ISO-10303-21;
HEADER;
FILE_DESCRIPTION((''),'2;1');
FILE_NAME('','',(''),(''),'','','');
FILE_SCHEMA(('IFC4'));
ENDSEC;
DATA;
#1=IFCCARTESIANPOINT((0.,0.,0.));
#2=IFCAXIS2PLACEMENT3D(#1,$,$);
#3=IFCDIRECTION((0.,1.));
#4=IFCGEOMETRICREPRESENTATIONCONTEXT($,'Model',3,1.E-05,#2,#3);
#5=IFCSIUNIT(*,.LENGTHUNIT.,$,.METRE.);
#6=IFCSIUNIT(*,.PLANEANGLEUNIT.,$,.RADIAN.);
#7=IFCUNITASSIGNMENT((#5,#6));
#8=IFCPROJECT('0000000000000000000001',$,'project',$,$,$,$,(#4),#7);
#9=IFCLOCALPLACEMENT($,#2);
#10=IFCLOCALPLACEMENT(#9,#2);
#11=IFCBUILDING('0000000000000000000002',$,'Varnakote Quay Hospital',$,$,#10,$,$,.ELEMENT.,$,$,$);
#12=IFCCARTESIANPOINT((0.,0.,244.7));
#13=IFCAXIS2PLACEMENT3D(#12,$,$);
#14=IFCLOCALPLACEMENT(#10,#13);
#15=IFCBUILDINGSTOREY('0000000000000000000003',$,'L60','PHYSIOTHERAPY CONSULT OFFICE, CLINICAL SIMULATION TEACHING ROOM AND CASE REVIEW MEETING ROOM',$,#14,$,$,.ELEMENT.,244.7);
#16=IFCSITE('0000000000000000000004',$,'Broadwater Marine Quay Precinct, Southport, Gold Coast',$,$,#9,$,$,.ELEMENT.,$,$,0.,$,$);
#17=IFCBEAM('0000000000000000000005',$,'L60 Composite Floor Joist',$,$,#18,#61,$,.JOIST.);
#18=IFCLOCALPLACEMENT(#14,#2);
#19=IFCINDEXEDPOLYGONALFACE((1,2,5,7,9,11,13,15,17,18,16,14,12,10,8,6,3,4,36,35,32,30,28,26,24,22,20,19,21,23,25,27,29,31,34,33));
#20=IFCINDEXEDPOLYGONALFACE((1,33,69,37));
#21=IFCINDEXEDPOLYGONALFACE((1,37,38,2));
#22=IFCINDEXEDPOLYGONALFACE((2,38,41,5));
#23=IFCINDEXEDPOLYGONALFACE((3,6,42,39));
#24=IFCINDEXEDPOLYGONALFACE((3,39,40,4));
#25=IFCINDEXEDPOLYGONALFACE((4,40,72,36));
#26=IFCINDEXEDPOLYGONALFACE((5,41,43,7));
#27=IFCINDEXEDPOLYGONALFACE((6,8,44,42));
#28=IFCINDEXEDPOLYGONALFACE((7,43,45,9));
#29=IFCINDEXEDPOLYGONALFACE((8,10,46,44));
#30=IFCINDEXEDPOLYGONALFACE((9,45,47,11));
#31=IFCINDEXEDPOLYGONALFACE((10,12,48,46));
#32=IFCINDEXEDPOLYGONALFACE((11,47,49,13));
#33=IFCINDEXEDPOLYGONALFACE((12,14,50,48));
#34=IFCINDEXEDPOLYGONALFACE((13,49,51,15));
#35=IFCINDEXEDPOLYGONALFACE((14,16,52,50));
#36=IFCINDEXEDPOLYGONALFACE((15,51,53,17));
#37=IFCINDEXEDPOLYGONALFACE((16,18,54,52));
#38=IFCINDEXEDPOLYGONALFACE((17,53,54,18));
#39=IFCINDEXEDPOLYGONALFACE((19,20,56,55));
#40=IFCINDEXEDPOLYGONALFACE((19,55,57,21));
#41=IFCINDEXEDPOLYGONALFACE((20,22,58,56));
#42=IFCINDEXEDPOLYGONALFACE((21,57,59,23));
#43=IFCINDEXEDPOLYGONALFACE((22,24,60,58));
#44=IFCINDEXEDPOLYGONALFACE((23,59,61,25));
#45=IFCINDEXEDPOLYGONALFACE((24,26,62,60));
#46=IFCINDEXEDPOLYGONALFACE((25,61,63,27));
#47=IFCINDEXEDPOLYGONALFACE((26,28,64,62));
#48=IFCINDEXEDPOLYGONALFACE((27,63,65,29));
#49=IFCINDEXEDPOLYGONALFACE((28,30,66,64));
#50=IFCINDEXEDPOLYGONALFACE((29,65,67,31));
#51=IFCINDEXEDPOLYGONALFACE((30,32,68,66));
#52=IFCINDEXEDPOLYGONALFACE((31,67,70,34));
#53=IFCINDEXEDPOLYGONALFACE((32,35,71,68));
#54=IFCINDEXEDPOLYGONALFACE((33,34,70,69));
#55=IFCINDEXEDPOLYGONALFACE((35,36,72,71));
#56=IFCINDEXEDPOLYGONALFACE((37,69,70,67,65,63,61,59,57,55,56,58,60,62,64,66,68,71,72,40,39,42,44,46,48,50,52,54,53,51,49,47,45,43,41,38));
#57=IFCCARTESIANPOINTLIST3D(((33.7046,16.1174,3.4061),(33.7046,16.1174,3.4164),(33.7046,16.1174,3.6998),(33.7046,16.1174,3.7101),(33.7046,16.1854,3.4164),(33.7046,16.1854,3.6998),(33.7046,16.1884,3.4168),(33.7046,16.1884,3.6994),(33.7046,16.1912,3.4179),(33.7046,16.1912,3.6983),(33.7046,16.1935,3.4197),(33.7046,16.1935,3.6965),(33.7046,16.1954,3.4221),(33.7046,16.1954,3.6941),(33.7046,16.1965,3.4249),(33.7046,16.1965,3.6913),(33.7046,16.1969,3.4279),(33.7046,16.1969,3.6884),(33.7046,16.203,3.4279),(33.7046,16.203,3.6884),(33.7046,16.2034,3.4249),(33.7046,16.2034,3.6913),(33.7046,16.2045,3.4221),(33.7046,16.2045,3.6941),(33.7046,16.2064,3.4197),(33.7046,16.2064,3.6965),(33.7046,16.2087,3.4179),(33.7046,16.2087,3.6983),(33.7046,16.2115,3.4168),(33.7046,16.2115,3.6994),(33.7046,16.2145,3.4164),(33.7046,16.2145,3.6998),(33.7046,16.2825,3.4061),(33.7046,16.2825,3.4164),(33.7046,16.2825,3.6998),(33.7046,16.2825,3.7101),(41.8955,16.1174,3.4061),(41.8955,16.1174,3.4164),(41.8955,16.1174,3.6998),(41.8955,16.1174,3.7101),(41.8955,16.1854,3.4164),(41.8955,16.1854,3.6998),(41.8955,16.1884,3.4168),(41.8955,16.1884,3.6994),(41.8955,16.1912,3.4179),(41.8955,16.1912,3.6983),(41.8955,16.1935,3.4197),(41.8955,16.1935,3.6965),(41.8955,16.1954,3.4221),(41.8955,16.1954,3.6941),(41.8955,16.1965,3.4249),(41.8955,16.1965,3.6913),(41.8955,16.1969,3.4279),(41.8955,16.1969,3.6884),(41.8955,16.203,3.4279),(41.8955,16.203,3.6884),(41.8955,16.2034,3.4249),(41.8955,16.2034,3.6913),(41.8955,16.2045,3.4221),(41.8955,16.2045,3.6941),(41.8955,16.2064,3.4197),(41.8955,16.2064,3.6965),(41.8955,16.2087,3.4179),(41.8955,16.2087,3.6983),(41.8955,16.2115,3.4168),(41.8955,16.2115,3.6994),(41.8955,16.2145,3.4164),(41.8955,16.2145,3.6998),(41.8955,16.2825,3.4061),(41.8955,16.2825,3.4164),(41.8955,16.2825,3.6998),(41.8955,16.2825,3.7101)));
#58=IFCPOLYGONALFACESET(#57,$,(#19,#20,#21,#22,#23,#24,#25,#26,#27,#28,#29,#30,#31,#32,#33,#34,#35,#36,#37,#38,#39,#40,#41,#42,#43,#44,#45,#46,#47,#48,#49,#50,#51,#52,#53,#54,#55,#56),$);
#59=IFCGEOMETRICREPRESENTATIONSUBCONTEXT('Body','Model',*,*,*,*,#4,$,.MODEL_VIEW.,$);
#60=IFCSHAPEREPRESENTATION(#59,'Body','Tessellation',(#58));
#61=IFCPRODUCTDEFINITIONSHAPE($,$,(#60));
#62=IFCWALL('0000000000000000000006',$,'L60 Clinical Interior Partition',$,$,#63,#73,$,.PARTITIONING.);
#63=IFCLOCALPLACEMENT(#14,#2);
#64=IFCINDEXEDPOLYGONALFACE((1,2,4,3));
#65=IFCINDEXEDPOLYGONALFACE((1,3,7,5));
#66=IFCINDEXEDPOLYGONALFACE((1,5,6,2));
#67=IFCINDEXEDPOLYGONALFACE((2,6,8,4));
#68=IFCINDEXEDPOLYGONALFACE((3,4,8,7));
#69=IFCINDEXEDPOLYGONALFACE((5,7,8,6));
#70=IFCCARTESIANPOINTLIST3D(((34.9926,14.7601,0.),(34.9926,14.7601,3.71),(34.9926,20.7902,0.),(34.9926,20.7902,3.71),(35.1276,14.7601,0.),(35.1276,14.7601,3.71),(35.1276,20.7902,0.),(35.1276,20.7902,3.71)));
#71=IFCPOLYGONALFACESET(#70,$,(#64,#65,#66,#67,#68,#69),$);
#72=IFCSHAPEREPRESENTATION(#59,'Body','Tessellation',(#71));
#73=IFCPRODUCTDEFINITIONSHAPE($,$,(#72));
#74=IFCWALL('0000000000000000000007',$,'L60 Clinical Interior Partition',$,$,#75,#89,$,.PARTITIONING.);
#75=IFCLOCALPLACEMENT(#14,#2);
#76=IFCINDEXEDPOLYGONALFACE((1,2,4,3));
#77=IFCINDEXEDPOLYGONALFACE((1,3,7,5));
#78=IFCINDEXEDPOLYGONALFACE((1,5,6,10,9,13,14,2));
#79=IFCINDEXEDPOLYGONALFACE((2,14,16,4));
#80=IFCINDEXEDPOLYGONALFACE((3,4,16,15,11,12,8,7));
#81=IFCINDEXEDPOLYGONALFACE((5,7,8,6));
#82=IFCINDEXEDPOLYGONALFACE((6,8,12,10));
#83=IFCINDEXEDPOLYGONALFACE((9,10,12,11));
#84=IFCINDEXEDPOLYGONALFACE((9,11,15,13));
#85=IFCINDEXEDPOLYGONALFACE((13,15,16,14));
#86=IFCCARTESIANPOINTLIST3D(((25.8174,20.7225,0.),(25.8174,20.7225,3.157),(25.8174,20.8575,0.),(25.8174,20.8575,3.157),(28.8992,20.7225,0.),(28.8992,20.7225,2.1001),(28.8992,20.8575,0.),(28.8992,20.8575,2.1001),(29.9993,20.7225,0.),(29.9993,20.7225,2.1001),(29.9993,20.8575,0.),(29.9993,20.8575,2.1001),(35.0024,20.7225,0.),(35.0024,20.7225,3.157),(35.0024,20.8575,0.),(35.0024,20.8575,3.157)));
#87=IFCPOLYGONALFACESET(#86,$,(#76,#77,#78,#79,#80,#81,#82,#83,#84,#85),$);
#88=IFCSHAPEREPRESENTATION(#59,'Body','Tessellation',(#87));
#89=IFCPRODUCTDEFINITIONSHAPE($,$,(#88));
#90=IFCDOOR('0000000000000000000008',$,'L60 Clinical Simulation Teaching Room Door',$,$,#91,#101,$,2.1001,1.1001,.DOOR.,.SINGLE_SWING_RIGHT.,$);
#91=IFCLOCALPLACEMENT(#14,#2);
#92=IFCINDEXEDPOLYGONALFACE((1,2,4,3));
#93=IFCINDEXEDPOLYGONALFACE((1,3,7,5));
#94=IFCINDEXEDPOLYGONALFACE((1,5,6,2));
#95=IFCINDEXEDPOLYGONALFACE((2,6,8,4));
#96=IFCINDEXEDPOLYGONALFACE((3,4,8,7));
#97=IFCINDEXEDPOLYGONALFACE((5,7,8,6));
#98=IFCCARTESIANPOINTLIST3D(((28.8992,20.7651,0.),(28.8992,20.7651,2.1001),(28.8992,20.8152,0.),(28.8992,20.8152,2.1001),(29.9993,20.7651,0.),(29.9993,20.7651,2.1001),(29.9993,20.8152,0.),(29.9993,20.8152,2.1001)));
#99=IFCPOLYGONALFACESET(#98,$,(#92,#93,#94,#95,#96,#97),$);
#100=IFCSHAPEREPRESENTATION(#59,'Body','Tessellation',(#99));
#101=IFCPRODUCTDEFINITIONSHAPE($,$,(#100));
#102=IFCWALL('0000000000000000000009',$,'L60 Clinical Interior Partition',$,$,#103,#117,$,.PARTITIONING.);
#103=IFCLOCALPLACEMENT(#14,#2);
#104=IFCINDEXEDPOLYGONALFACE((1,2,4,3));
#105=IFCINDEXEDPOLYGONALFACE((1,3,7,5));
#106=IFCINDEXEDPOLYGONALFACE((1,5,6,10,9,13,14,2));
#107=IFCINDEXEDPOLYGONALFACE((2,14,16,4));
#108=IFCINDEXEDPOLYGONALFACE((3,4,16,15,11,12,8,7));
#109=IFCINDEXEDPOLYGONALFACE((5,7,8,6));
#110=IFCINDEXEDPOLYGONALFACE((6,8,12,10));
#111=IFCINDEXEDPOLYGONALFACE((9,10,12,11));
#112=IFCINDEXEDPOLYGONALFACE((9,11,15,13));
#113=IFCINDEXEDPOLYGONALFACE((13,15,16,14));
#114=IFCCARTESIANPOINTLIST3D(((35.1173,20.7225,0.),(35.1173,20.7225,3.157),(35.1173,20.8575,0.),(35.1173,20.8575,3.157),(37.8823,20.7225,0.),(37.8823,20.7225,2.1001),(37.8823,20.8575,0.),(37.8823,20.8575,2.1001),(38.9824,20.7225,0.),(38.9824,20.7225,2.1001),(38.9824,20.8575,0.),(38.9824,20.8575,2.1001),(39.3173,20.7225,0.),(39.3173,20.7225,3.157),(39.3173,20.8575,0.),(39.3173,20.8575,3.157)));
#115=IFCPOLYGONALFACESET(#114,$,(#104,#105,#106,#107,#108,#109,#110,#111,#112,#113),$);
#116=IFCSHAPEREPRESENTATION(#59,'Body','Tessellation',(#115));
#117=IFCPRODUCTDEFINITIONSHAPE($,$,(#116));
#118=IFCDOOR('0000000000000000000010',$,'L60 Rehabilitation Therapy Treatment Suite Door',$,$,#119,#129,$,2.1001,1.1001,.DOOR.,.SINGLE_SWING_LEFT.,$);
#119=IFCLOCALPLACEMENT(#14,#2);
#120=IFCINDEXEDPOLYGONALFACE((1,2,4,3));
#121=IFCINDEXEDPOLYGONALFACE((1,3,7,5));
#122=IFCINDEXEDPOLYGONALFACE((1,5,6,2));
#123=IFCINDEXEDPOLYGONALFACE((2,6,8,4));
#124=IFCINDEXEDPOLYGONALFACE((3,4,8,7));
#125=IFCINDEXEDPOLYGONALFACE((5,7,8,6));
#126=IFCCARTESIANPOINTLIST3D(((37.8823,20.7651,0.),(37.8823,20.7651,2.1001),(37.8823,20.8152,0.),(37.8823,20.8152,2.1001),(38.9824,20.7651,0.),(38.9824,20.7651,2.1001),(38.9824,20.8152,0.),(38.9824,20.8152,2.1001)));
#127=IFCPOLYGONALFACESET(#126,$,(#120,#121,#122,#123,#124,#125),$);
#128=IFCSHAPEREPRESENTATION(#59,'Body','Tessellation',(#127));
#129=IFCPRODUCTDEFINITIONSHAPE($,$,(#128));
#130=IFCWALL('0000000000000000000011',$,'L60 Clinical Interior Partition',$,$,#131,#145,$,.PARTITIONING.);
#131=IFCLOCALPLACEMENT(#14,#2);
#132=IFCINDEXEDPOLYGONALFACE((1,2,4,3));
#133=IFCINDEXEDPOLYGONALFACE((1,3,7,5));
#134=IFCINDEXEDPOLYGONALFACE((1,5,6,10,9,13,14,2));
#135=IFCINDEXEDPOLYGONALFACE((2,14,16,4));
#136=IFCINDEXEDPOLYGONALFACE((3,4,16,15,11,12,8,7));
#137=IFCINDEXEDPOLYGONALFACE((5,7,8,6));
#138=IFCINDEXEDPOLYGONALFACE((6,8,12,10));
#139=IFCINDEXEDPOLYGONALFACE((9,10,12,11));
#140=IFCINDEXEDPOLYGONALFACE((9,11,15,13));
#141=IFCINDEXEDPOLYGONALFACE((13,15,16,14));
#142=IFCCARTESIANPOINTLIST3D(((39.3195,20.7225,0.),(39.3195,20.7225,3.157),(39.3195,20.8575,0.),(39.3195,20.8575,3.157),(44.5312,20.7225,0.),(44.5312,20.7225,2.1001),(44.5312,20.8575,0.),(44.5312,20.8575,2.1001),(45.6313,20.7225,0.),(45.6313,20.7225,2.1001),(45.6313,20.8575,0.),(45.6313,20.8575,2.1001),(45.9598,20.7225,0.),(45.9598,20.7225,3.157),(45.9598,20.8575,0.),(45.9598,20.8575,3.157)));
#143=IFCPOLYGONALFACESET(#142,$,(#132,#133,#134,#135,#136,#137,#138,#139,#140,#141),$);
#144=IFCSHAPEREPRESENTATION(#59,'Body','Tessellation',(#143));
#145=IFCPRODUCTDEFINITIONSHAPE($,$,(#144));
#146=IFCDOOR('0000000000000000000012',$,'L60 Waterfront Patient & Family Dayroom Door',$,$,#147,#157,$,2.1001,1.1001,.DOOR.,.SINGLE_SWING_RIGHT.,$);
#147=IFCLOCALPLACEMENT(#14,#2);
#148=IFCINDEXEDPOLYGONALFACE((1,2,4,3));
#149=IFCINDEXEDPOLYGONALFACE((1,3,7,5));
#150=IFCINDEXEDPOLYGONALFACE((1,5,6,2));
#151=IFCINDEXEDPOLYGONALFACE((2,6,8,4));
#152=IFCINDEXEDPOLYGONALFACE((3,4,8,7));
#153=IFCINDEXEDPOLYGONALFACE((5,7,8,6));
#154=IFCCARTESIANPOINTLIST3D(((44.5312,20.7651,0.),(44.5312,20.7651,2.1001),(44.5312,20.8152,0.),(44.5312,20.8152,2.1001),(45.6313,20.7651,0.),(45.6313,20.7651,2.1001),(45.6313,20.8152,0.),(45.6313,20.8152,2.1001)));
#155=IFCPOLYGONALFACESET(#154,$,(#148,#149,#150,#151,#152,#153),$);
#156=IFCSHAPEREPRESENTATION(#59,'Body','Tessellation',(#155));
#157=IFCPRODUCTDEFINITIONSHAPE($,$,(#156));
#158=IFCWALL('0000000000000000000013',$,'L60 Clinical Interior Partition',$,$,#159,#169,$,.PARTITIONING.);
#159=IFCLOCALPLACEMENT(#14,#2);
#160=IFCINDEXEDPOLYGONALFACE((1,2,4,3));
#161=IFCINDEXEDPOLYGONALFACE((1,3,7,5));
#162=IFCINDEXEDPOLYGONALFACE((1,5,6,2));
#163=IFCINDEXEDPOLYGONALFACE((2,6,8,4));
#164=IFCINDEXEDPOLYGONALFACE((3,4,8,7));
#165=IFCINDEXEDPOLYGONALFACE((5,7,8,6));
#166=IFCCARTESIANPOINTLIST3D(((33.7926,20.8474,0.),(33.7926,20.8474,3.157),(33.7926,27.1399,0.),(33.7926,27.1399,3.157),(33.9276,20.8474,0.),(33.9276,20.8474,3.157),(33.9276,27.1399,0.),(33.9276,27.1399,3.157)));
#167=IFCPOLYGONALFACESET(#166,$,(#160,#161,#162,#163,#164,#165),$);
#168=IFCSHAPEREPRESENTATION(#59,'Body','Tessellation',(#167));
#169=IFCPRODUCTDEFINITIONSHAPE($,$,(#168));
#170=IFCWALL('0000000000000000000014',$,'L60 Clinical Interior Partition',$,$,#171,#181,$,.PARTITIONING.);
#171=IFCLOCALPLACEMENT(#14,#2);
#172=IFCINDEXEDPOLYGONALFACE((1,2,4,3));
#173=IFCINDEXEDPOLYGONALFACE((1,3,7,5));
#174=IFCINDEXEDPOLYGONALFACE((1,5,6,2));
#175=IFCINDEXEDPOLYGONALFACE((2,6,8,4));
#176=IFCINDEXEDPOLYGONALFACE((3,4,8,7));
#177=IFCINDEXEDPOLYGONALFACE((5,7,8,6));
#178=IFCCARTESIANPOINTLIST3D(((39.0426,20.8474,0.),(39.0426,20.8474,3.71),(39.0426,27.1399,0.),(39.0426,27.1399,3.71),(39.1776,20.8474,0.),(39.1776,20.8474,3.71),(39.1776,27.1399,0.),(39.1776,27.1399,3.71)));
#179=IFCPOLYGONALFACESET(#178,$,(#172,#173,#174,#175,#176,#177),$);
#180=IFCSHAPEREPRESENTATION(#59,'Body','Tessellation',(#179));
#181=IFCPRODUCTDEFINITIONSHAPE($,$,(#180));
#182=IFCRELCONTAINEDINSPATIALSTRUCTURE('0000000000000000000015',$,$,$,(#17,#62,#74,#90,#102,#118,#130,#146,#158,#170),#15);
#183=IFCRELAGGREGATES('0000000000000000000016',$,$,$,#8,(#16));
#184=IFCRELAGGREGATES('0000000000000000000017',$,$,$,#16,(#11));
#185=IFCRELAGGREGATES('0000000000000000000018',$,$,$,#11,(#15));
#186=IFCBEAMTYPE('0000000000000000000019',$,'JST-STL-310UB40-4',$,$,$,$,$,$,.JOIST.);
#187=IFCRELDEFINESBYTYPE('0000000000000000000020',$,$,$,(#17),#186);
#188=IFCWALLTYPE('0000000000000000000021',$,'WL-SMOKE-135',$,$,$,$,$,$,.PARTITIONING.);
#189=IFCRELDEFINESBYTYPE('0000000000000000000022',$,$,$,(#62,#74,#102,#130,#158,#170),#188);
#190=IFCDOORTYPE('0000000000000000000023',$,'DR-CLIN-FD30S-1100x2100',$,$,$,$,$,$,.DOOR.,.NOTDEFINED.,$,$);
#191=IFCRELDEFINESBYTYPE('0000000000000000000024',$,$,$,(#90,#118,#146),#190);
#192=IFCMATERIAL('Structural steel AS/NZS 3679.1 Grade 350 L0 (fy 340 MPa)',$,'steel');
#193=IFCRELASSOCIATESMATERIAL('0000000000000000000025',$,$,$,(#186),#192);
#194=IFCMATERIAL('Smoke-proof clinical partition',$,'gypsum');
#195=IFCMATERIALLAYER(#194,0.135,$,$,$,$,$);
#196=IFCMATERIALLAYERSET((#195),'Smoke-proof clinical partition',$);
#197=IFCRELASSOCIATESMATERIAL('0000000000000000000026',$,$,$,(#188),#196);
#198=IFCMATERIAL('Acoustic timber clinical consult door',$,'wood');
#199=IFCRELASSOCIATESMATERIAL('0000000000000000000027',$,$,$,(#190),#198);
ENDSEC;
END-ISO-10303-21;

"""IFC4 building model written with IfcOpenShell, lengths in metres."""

from ifc_helpers import new_model, si_unit, direction, frame, frame_2d, origin, origin_2d, place, context, subcontext, project, spatial, rectangle, i_section, extrude, material, layer, layer_set, material_profile, profile_set, type_object, element, fill, save


model = new_model("IFC4")

# Units and contexts
model_context = context("Model", 3, precision=1e-05, world=origin(), true_north=direction((0.0, 1.0)))
body_context = subcontext(model_context, "Body", "Model", "MODEL_VIEW")
ifc_project = project(units=[si_unit("LENGTHUNIT", "METRE"), si_unit("PLANEANGLEUNIT", "RADIAN")], contexts=[model_context])

# Site, building, storey
site_placement = place(None, origin())
site = spatial("IfcSite", under=ifc_project, at=site_placement, Name="Broadwater Marine Quay Precinct, Southport, Gold Coast", CompositionType="ELEMENT", RefElevation=0.0)
building_placement = place(site_placement, origin())
building = spatial("IfcBuilding", under=site, at=building_placement, Name="Varnakote Quay Hospital", CompositionType="ELEMENT")
storey_placement = place(building_placement, frame((0.0, 0.0, 244.7)))
storey = spatial("IfcBuildingStorey", under=building, at=storey_placement, Name="L60", Description="PHYSIOTHERAPY CONSULT OFFICE, CLINICAL SIMULATION TEACHING ROOM AND CASE REVIEW MEETING ROOM", CompositionType="ELEMENT", Elevation=244.7)

# Beam
ifc_material_1 = material(Name="Structural steel AS/NZS 3679.1 Grade 350 L0 (fy 340 MPa)", Category="steel")
ifc_material_profile_1 = material_profile(ifc_material_1, i_section(OverallWidth=0.165, OverallDepth=0.304, WebThickness=0.0061, FlangeThickness=0.0103, FilletRadius=0.0115, at=origin_2d()), Name="310UB40.4")
ifc_profile_set_1 = profile_set([ifc_material_profile_1], Name="Structural steel AS/NZS 3679.1 Grade 350 L0 (fy 340 MPa)")
beam_type_1 = type_object("IfcBeamType", Name="JST-STL-310UB40-4", PredefinedType="JOIST", material=ifc_profile_set_1)
beam_1_placement = place(storey_placement, frame((33.7046, 16.2, 3.5581), z_axis=(1.0, 0.0, 0.0), x_axis=(0.0, 1.0, 0.0)))
element("IfcBeam", 1, at=beam_1_placement, inside=storey, type_object=beam_type_1, Name="L60 Composite Floor Joist", PredefinedType="JOIST", context=body_context, shape_type="SweptSolid", body=[
    extrude(i_section(OverallWidth=0.165, OverallDepth=0.304, WebThickness=0.0061, FlangeThickness=0.0103, FilletRadius=0.0115, at=origin_2d()), origin(), (0.0, 0.0, 1.0), 8.1909),
])

# Wall
ifc_material_2 = material(Name="Smoke-proof clinical partition", Category="gypsum")
ifc_layer_1 = layer(ifc_material_2, 0.135)
ifc_layer_set_1 = layer_set([ifc_layer_1], Name="Smoke-proof clinical partition")
wall_type_1 = type_object("IfcWallType", Name="WL-SMOKE-135", PredefinedType="PARTITIONING", material=ifc_layer_set_1)
wall_1_placement = place(storey_placement, frame((35.0601, 14.76, 0.0), z_axis=(0.0, 0.0, 1.0), x_axis=(0.0, 1.0, 0.0)))
element("IfcWall", 2, at=wall_1_placement, inside=storey, type_object=wall_type_1, Name="L60 Clinical Interior Partition", PredefinedType="PARTITIONING", context=body_context, shape_type="SweptSolid", body=[
    extrude(rectangle(XDim=6.03, YDim=0.135, at=frame_2d((3.0151, 0.0))), origin(), (0.0, 0.0, 1.0), 3.71),
])

# Walls, openings, doors
wall_2_placement = place(storey_placement, frame((35.0024, 20.79, 0.0), z_axis=(0.0, 0.0, 1.0), x_axis=(-1.0, 0.0, 0.0)))
wall_2 = element("IfcWall", 3, at=wall_2_placement, inside=storey, type_object=wall_type_1, Name="L60 Clinical Interior Partition", PredefinedType="PARTITIONING", context=body_context, shape_type="SweptSolid", body=[
    extrude(rectangle(XDim=9.1851, YDim=0.135, at=frame_2d((4.5925, 0.0))), origin(), (0.0, 0.0, 1.0), 3.157),
])
opening_1_placement = place(wall_2_placement, frame((5.0032, 0.0, 0.0)))
opening_1 = element("IfcOpeningElement", 4, at=opening_1_placement, cuts=wall_2, PredefinedType="OPENING", context=body_context, shape_type="SweptSolid", body=[
    extrude(rectangle(XDim=1.1001, YDim=2.1001, at=frame_2d((0.55, 1.05))), frame((0.0, 0.0774, 0.0), z_axis=(0.0, -1.0, 0.0), x_axis=(1.0, 0.0, 0.0)), (0.0, 0.0, 1.0), 0.155),
])
ifc_material_3 = material(Name="Acoustic timber clinical consult door", Category="wood")
door_type = type_object("IfcDoorType", Name="DR-CLIN-FD30S-1100x2100", OperationType="NOTDEFINED", PredefinedType="DOOR", material=ifc_material_3)
door_1_placement = place(opening_1_placement, origin())
door_1 = element("IfcDoor", 5, at=door_1_placement, inside=storey, type_object=door_type, Name="L60 Clinical Simulation Teaching Room Door", OperationType="SINGLE_SWING_RIGHT", OverallHeight=2.1001, OverallWidth=1.1001, PredefinedType="DOOR", context=body_context, shape_type="SweptSolid", body=[
    extrude(rectangle(XDim=1.1001, YDim=2.1001, at=frame_2d((0.55, 1.05))), frame((0.0, 0.0249, 0.0), z_axis=(0.0, -1.0, 0.0), x_axis=(1.0, 0.0, 0.0)), (0.0, 0.0, 1.0), 0.05),
])
fill(opening_1, door_1)
wall_3_placement = place(storey_placement, frame((39.3174, 20.79, 0.0), z_axis=(0.0, 0.0, 1.0), x_axis=(-1.0, 0.0, 0.0)))
wall_3 = element("IfcWall", 6, at=wall_3_placement, inside=storey, type_object=wall_type_1, Name="L60 Clinical Interior Partition", PredefinedType="PARTITIONING", context=body_context, shape_type="SweptSolid", body=[
    extrude(rectangle(XDim=4.2, YDim=0.135, at=frame_2d((2.1001, 0.0))), origin(), (0.0, 0.0, 1.0), 3.157),
])
opening_2_placement = place(wall_3_placement, frame((0.335, 0.0, 0.0)))
opening_2 = element("IfcOpeningElement", 7, at=opening_2_placement, cuts=wall_3, PredefinedType="OPENING", context=body_context, shape_type="SweptSolid", body=[
    extrude(rectangle(XDim=1.1001, YDim=2.1001, at=frame_2d((0.55, 1.05))), frame((0.0, 0.0774, 0.0), z_axis=(0.0, -1.0, 0.0), x_axis=(1.0, 0.0, 0.0)), (0.0, 0.0, 1.0), 0.155),
])
door_2_placement = place(opening_2_placement, origin())
door_2 = element("IfcDoor", 8, at=door_2_placement, inside=storey, type_object=door_type, Name="L60 Rehabilitation Therapy Treatment Suite Door", OperationType="SINGLE_SWING_LEFT", OverallHeight=2.1001, OverallWidth=1.1001, PredefinedType="DOOR", context=body_context, shape_type="SweptSolid", body=[
    extrude(rectangle(XDim=1.1001, YDim=2.1001, at=frame_2d((0.55, 1.05))), frame((0.0, 0.0249, 0.0), z_axis=(0.0, -1.0, 0.0), x_axis=(1.0, 0.0, 0.0)), (0.0, 0.0, 1.0), 0.05),
])
fill(opening_2, door_2)
wall_4_placement = place(storey_placement, frame((45.96, 20.79, 0.0), z_axis=(0.0, 0.0, 1.0), x_axis=(-1.0, 0.0, 0.0)))
wall_4 = element("IfcWall", 9, at=wall_4_placement, inside=storey, type_object=wall_type_1, Name="L60 Clinical Interior Partition", PredefinedType="PARTITIONING", context=body_context, shape_type="SweptSolid", body=[
    extrude(rectangle(XDim=6.6404, YDim=0.135, at=frame_2d((3.3203, 0.0))), origin(), (0.0, 0.0, 1.0), 3.157),
])
opening_3_placement = place(wall_4_placement, frame((0.3286, 0.0, 0.0)))
opening_3 = element("IfcOpeningElement", 10, at=opening_3_placement, cuts=wall_4, PredefinedType="OPENING", context=body_context, shape_type="SweptSolid", body=[
    extrude(rectangle(XDim=1.1001, YDim=2.1001, at=frame_2d((0.55, 1.05))), frame((0.0, 0.0774, 0.0), z_axis=(0.0, -1.0, 0.0), x_axis=(1.0, 0.0, 0.0)), (0.0, 0.0, 1.0), 0.155),
])
door_3_placement = place(opening_3_placement, origin())
door_3 = element("IfcDoor", 11, at=door_3_placement, inside=storey, type_object=door_type, Name="L60 Waterfront Patient & Family Dayroom Door", OperationType="SINGLE_SWING_RIGHT", OverallHeight=2.1001, OverallWidth=1.1001, PredefinedType="DOOR", context=body_context, shape_type="SweptSolid", body=[
    extrude(rectangle(XDim=1.1001, YDim=2.1001, at=frame_2d((0.55, 1.05))), frame((0.0, 0.0249, 0.0), z_axis=(0.0, -1.0, 0.0), x_axis=(1.0, 0.0, 0.0)), (0.0, 0.0, 1.0), 0.05),
])
fill(opening_3, door_3)

# Walls
wall_5_placement = place(storey_placement, frame((33.8601, 20.8474, 0.0), z_axis=(0.0, 0.0, 1.0), x_axis=(0.0, 1.0, 0.0)))
element("IfcWall", 12, at=wall_5_placement, inside=storey, type_object=wall_type_1, Name="L60 Clinical Interior Partition", PredefinedType="PARTITIONING", context=body_context, shape_type="SweptSolid", body=[
    extrude(rectangle(XDim=6.2925, YDim=0.135, at=frame_2d((3.1462, 0.0))), origin(), (0.0, 0.0, 1.0), 3.157),
])
wall_6_placement = place(storey_placement, frame((39.1101, 20.8474, 0.0), z_axis=(0.0, 0.0, 1.0), x_axis=(0.0, 1.0, 0.0)))
element("IfcWall", 13, at=wall_6_placement, inside=storey, type_object=wall_type_1, Name="L60 Clinical Interior Partition", PredefinedType="PARTITIONING", context=body_context, shape_type="SweptSolid", body=[
    extrude(rectangle(XDim=6.2925, YDim=0.135, at=frame_2d((3.1462, 0.0))), origin(), (0.0, 0.0, 1.0), 3.71),
])

save(model, "model.ifc")
